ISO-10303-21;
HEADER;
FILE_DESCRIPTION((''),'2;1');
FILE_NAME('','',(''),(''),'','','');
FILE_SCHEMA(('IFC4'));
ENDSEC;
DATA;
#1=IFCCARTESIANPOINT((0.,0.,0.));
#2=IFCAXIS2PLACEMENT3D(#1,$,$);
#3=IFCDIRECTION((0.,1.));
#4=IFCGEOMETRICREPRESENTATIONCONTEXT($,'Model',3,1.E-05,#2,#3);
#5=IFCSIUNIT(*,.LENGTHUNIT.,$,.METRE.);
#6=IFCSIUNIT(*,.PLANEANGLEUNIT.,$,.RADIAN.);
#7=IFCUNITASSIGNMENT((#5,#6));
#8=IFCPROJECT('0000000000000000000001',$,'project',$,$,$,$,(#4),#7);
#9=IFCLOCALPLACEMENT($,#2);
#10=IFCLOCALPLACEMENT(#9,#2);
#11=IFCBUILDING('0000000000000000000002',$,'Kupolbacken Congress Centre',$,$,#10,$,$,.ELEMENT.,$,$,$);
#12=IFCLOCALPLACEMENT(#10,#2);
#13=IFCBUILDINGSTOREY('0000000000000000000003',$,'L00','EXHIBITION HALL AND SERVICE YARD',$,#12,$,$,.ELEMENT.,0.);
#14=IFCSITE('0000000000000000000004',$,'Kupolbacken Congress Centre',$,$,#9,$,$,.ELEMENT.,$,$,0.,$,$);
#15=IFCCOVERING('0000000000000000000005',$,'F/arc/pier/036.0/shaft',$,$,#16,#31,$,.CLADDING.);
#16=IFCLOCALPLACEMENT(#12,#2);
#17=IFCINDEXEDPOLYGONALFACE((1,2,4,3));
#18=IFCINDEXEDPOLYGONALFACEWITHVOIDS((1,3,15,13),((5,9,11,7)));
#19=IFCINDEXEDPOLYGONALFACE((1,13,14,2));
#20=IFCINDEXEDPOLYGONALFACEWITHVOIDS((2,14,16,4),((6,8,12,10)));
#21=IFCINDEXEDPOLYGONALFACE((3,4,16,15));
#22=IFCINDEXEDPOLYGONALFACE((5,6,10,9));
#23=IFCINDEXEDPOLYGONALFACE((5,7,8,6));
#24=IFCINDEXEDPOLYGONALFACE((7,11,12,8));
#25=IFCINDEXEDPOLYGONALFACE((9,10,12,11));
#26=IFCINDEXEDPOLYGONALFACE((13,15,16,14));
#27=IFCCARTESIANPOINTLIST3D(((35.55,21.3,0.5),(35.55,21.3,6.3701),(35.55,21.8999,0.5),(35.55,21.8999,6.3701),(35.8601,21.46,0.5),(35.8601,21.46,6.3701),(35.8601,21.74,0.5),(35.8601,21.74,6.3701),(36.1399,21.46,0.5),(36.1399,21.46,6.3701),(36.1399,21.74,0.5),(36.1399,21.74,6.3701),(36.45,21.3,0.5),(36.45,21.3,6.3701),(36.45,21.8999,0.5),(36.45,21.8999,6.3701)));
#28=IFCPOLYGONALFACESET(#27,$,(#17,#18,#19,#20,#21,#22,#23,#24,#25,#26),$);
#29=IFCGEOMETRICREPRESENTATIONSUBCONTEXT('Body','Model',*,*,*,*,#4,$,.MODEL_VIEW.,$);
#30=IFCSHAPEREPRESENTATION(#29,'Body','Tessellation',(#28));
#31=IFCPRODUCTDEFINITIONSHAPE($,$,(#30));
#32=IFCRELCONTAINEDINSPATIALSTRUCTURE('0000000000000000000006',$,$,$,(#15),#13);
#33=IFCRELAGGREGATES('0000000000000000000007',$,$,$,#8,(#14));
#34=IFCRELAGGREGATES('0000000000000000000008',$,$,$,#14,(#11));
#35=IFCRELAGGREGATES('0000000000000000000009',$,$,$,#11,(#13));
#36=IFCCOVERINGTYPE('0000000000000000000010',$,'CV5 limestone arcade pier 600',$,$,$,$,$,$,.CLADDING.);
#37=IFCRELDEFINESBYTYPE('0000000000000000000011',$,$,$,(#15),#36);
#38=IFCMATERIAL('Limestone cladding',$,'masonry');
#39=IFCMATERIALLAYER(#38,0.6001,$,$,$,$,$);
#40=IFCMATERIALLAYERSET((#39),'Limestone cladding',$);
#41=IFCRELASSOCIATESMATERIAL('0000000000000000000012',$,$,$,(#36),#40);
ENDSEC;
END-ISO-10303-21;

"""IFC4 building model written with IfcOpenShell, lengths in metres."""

from ifc_helpers import new_model, si_unit, direction, frame, origin, place, context, subcontext, project, spatial, polyline, outline, extrude, material, layer, layer_set, type_object, element, save


model = new_model("IFC4")

# Units and contexts
model_context = context("Model", 3, precision=1e-05, world=origin(), true_north=direction((0.0, 1.0)))
body_context = subcontext(model_context, "Body", "Model", "MODEL_VIEW")
ifc_project = project(units=[si_unit("LENGTHUNIT", "METRE"), si_unit("PLANEANGLEUNIT", "RADIAN")], contexts=[model_context])

# Site, building, storey
site_placement = place(None, origin())
site = spatial("IfcSite", under=ifc_project, at=site_placement, Name="Kupolbacken Congress Centre", CompositionType="ELEMENT", RefElevation=0.0)
building_placement = place(site_placement, origin())
building = spatial("IfcBuilding", under=site, at=building_placement, Name="Kupolbacken Congress Centre", CompositionType="ELEMENT")
storey_placement = place(building_placement, origin())
storey = spatial("IfcBuildingStorey", under=building, at=storey_placement, Name="L00", Description="EXHIBITION HALL AND SERVICE YARD", CompositionType="ELEMENT", Elevation=0.0)

# Covering
ifc_material_1 = material(Name="Limestone cladding", Category="masonry")
ifc_layer_1 = layer(ifc_material_1, 0.6001)
ifc_layer_set_1 = layer_set([ifc_layer_1], Name="Limestone cladding")
covering_type = type_object("IfcCoveringType", Name="CV5 limestone arcade pier 600", PredefinedType="CLADDING", material=ifc_layer_set_1)
covering_1_placement = place(storey_placement, frame((0.0, 0.0, 0.5)))
element("IfcCovering", 1, at=covering_1_placement, inside=storey, type_object=covering_type, Name="F/arc/pier/036.0/shaft", PredefinedType="CLADDING", context=body_context, shape_type="SweptSolid", body=[
    extrude(outline(polyline([(35.55, 21.3), (36.45, 21.3), (36.45, 21.8999), (35.55, 21.8999), (35.55, 21.3)]), holes=[polyline([(35.8601, 21.46), (36.1399, 21.46), (36.1399, 21.74), (35.8601, 21.74), (35.8601, 21.46)])]), origin(), (0.0, 0.0, 1.0), 5.8701),
])

save(model, "model.ifc")
